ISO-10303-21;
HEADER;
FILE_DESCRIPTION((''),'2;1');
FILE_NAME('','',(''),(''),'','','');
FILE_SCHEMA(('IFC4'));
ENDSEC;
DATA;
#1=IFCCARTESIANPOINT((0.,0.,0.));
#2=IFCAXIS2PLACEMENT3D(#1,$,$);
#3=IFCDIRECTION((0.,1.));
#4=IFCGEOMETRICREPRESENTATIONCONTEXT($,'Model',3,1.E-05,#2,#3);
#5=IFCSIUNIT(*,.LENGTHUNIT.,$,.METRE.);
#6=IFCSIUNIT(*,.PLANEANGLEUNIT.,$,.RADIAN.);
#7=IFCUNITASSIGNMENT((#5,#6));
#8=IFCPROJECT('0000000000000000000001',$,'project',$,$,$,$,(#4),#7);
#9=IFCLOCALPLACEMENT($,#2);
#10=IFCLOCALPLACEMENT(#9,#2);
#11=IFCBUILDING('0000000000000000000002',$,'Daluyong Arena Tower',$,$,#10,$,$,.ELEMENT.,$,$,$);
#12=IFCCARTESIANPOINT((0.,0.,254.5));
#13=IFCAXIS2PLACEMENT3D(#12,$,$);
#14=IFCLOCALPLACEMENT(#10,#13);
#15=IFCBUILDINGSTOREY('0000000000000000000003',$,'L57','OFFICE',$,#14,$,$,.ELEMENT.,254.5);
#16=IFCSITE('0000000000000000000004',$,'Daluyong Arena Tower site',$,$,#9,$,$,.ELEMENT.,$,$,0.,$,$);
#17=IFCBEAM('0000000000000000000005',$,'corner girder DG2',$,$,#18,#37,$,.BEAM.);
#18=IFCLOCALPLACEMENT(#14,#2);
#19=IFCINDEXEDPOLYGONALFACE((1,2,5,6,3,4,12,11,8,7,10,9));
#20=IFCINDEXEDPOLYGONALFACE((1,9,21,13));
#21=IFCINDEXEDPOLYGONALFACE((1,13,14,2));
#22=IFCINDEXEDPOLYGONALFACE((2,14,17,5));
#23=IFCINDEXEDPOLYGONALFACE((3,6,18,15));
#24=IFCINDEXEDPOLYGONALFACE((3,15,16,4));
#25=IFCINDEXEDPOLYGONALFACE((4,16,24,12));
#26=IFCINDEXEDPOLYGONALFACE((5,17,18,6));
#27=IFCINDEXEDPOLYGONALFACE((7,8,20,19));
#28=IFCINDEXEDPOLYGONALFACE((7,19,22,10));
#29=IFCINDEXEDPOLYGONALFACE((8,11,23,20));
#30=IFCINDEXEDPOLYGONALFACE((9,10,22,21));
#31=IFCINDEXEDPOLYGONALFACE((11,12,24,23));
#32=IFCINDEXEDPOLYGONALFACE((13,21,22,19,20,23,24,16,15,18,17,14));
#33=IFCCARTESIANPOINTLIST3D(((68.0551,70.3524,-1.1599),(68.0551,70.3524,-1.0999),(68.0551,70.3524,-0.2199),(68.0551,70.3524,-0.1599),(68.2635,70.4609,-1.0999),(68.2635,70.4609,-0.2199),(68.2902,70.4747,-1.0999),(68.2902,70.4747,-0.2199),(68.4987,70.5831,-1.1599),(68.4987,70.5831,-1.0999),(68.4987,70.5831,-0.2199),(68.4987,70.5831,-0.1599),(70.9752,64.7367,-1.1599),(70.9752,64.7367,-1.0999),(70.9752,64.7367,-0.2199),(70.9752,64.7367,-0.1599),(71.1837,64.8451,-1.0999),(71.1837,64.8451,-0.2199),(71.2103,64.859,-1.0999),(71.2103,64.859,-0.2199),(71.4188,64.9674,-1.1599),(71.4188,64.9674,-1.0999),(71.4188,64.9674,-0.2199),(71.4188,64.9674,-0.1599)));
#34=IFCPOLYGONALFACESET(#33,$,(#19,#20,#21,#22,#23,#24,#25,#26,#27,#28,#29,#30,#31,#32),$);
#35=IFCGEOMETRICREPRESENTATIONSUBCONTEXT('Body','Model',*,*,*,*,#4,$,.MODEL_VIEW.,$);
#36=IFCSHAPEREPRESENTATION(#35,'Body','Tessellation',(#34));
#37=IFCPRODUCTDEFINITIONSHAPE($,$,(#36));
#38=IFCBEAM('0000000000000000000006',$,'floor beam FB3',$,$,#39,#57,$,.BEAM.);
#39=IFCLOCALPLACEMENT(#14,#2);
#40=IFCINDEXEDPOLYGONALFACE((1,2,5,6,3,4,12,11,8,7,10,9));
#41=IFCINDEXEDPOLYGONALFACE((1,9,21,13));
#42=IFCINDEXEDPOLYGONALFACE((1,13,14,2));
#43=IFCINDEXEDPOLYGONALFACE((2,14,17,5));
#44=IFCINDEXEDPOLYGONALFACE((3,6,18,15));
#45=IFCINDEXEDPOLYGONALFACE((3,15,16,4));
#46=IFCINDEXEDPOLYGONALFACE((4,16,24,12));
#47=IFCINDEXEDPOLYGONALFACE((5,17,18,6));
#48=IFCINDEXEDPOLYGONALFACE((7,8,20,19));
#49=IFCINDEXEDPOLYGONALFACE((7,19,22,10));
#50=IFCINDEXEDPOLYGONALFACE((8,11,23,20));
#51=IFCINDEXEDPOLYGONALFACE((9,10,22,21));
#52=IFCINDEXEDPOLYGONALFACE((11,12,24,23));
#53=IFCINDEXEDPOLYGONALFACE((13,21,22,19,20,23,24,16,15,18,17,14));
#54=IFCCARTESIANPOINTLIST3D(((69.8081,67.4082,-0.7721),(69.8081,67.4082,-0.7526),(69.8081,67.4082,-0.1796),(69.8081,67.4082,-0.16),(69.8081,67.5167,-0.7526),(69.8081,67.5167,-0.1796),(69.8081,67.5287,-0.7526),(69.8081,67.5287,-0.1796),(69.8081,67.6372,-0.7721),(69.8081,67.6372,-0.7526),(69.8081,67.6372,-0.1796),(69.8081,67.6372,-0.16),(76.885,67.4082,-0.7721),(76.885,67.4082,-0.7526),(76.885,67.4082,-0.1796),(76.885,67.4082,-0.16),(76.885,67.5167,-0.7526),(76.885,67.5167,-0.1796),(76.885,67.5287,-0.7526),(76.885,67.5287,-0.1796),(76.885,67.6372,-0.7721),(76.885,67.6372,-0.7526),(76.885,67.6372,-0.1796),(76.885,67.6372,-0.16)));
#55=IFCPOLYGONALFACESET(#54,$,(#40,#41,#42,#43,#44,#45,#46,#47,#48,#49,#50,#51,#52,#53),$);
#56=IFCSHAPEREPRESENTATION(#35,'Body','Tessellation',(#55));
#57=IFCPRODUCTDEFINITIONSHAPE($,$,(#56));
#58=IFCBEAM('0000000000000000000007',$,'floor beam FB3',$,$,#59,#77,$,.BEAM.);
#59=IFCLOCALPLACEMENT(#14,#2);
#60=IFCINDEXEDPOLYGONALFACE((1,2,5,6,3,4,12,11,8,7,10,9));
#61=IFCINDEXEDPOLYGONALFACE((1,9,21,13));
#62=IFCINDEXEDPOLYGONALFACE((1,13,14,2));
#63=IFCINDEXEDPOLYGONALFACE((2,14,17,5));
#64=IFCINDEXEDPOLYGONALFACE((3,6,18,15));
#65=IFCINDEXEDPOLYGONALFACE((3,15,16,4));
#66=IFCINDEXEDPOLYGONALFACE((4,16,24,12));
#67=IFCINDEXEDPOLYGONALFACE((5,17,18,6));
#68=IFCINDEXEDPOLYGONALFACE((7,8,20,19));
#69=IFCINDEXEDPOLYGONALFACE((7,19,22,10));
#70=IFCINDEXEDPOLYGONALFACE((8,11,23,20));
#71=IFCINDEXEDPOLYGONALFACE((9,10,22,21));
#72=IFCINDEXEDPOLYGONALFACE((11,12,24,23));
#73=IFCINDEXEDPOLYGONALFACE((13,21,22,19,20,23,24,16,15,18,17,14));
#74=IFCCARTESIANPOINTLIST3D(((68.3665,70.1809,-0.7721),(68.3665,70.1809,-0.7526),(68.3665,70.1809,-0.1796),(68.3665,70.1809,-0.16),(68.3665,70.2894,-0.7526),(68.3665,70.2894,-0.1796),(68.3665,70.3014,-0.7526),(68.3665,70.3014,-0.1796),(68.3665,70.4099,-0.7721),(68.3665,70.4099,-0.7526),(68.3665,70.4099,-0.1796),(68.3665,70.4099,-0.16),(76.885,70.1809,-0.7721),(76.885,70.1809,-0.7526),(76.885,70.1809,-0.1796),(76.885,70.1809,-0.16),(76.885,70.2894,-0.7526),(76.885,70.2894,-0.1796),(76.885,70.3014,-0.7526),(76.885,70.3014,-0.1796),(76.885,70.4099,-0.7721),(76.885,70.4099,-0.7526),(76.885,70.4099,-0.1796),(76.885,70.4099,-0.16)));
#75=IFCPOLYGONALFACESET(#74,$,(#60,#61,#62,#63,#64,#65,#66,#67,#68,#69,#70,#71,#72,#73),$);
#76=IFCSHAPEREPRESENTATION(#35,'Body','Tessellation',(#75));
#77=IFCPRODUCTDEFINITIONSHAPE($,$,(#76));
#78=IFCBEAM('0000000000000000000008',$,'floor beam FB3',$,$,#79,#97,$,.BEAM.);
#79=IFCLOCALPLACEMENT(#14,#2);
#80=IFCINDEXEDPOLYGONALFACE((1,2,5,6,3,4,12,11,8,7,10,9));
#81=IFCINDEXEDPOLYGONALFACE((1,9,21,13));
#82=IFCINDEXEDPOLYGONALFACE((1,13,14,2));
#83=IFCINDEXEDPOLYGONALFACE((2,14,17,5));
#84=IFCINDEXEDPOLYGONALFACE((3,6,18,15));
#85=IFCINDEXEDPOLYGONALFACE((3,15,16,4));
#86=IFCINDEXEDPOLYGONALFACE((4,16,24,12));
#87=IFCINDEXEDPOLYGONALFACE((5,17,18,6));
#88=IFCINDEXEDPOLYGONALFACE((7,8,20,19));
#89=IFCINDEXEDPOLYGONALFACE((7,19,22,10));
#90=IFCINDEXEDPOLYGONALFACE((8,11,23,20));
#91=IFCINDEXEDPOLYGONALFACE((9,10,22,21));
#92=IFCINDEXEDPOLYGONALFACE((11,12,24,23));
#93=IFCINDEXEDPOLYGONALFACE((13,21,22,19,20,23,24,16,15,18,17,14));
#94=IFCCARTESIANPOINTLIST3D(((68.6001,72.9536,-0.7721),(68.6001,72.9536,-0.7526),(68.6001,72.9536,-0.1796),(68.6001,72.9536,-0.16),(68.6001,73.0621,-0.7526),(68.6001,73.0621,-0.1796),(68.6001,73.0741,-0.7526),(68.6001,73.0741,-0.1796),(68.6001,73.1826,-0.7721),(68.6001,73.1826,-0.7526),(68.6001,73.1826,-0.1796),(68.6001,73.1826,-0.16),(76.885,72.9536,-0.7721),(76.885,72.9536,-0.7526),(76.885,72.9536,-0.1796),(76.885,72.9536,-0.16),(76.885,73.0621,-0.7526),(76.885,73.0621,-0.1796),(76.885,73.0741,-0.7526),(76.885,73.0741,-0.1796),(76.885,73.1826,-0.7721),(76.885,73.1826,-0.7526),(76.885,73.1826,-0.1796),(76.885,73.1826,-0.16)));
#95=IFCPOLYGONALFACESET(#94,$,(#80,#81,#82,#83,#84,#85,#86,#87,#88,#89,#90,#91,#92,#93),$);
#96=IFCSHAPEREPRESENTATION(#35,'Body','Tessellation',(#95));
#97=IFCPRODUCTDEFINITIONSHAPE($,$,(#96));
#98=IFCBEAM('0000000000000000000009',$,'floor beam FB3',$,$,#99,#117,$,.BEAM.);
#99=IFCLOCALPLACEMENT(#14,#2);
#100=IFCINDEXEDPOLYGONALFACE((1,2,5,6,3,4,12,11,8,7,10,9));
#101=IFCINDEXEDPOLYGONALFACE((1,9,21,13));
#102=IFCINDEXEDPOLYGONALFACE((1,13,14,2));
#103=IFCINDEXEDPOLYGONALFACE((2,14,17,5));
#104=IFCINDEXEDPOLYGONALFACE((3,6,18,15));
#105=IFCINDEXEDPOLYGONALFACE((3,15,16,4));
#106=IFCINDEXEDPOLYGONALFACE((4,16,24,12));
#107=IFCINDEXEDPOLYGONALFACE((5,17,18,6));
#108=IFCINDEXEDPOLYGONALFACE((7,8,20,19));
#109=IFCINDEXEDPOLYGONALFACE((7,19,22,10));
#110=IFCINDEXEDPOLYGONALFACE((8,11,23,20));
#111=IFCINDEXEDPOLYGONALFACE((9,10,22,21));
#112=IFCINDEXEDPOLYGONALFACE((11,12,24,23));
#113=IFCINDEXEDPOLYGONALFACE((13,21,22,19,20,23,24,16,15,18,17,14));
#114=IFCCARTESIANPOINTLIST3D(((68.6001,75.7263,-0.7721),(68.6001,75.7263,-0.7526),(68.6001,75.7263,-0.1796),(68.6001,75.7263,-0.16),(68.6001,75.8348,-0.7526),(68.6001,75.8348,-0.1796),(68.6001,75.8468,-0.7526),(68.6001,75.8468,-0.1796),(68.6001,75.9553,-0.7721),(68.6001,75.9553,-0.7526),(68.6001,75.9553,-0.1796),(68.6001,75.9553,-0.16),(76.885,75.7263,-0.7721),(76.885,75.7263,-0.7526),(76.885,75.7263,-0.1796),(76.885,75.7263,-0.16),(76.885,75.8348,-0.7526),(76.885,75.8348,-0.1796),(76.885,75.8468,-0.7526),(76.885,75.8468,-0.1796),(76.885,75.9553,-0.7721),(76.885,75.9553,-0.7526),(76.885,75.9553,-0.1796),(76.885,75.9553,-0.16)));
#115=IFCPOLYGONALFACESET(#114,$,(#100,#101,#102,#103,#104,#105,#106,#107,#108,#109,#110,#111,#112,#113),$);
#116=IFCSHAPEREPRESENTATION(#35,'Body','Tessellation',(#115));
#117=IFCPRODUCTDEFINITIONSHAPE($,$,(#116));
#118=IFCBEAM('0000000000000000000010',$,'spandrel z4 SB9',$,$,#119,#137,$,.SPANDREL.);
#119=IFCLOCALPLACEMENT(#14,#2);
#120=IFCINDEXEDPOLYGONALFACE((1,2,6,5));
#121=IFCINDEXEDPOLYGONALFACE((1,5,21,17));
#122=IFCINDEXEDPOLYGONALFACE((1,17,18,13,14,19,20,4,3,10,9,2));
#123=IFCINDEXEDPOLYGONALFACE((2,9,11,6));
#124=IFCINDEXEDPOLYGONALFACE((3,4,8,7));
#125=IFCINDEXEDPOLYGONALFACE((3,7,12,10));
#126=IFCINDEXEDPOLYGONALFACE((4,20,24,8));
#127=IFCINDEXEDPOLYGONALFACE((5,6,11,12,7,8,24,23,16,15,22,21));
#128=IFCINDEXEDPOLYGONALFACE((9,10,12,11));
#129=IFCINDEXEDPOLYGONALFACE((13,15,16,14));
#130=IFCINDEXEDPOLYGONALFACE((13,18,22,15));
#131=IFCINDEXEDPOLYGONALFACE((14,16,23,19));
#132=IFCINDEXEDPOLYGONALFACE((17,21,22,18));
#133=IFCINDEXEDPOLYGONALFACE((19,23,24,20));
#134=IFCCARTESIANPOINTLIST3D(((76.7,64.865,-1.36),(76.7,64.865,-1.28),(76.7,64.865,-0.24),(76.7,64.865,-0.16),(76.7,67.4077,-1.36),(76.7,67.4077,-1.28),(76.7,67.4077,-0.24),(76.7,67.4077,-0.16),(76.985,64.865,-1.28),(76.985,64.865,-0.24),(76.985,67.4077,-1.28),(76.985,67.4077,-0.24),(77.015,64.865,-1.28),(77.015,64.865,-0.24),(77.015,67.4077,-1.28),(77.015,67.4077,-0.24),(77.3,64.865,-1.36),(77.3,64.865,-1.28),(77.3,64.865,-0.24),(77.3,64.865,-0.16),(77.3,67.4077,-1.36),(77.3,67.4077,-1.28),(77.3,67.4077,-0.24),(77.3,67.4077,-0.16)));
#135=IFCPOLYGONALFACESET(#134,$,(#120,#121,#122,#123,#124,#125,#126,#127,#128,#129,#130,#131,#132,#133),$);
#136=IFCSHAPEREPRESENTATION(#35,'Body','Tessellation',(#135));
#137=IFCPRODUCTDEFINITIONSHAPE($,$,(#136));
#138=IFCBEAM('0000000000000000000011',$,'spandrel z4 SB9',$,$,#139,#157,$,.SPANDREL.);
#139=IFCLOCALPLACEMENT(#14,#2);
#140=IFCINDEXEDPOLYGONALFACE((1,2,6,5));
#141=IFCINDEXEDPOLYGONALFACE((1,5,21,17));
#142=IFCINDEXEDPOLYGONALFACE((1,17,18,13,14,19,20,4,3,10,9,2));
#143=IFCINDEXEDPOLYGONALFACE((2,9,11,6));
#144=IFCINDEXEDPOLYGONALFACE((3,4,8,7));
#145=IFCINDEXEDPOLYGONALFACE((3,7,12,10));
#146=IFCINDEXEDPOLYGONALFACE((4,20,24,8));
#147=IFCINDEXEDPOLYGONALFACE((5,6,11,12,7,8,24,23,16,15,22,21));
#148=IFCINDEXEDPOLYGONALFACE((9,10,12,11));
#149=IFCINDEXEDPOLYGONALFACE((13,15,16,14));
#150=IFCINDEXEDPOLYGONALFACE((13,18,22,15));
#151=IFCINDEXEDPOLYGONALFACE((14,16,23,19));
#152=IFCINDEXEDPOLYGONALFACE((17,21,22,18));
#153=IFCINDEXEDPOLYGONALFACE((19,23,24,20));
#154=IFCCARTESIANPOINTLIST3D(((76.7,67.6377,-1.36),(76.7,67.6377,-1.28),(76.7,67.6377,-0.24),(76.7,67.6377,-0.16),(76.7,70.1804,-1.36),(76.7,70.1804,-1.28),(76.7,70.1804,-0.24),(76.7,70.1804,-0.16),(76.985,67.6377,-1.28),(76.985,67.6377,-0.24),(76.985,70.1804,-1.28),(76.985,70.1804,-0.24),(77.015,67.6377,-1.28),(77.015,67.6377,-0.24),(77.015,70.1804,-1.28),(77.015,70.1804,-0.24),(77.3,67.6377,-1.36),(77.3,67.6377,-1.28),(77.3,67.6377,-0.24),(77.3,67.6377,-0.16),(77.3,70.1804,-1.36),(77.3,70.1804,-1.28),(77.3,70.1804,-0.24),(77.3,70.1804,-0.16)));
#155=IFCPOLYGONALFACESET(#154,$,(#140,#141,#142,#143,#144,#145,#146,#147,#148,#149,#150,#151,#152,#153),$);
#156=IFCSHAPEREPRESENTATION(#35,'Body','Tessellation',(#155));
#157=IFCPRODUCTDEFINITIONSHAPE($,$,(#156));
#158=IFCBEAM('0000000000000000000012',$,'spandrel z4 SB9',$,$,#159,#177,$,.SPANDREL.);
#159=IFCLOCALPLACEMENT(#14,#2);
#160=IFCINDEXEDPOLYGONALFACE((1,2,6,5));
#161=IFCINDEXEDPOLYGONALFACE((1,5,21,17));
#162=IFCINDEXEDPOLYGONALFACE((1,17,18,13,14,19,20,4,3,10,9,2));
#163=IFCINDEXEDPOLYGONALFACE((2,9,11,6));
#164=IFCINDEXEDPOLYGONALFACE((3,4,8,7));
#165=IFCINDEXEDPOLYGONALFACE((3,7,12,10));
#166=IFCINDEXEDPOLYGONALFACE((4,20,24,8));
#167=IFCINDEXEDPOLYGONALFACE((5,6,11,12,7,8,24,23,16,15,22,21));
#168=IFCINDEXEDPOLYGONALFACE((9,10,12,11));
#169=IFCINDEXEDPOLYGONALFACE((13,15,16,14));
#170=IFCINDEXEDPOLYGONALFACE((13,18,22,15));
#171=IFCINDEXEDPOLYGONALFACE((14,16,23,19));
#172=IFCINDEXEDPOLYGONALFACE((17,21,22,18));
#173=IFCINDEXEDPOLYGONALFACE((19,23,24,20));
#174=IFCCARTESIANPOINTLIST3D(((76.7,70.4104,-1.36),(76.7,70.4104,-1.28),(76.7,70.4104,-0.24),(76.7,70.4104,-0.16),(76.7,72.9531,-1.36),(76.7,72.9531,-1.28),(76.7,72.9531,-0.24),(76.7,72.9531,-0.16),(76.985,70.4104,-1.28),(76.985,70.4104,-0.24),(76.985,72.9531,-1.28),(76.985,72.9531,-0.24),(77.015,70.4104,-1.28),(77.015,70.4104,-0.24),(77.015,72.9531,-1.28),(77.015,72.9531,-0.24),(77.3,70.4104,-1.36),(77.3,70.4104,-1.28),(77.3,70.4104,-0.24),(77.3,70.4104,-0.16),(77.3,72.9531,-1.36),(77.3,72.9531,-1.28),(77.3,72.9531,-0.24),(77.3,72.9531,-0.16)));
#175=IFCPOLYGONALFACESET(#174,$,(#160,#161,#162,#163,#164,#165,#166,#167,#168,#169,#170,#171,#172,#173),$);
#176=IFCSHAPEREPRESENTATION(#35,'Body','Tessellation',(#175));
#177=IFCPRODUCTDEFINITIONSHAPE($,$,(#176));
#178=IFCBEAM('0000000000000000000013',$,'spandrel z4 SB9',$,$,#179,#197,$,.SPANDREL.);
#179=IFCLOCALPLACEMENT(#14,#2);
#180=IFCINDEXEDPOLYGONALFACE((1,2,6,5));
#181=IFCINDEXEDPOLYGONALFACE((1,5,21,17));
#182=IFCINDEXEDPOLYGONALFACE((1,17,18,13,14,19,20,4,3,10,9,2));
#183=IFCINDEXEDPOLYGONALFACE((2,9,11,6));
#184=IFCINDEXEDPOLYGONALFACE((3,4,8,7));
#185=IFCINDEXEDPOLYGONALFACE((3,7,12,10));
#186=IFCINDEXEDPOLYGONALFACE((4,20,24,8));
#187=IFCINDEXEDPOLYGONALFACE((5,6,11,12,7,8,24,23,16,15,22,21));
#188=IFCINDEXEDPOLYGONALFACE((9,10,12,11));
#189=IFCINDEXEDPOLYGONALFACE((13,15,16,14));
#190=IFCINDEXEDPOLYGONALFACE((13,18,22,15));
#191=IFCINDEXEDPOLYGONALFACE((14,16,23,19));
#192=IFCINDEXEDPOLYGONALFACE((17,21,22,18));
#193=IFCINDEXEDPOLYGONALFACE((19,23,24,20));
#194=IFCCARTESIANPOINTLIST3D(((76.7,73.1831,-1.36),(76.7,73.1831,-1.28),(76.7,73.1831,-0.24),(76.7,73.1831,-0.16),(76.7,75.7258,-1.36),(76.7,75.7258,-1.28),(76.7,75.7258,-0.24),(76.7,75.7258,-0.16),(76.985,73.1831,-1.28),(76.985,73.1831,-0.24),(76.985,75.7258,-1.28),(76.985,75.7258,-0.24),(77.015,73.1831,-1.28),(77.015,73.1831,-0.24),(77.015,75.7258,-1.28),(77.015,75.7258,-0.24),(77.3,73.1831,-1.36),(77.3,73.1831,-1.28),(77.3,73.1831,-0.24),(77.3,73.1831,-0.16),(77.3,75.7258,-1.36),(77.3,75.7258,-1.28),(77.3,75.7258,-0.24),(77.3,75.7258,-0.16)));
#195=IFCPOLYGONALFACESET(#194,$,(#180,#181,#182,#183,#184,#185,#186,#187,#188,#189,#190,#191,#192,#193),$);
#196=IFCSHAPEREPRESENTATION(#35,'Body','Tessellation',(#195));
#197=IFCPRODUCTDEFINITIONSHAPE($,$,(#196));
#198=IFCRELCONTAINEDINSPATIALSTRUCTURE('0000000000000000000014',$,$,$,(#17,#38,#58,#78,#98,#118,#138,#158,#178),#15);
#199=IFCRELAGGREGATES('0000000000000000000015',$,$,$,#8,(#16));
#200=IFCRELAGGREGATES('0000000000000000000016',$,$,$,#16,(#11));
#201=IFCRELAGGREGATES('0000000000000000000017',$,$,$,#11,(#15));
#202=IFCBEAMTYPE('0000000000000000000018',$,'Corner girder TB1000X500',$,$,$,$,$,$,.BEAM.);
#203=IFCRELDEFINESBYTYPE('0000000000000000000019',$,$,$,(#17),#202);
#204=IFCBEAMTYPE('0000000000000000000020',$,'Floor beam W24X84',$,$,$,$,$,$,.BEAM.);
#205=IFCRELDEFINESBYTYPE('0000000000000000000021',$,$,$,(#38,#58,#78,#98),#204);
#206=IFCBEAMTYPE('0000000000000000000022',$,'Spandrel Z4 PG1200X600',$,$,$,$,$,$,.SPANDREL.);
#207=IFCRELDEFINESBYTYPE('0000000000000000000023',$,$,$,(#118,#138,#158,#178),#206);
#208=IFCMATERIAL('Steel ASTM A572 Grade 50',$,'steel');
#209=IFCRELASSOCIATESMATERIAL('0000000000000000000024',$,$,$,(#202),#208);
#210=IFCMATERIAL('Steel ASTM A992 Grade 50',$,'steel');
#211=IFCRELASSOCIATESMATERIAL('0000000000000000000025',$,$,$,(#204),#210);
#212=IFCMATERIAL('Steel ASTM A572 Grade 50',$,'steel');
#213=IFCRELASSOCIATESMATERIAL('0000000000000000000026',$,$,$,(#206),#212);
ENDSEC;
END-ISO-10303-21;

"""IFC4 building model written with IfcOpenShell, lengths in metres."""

from ifc_helpers import new_model, si_unit, direction, frame, origin, origin_2d, place, context, subcontext, project, spatial, i_section, extrude, material, material_profile, profile_set, type_object, element, save


model = new_model("IFC4")

# Units and contexts
model_context = context("Model", 3, precision=1e-05, world=origin(), true_north=direction((0.0, 1.0)))
body_context = subcontext(model_context, "Body", "Model", "MODEL_VIEW")
ifc_project = project(units=[si_unit("LENGTHUNIT", "METRE"), si_unit("PLANEANGLEUNIT", "RADIAN")], contexts=[model_context])

# Site, building, storey
site_placement = place(None, origin())
site = spatial("IfcSite", under=ifc_project, at=site_placement, Name="Daluyong Arena Tower site", CompositionType="ELEMENT", RefElevation=0.0)
building_placement = place(site_placement, origin())
building = spatial("IfcBuilding", under=site, at=building_placement, Name="Daluyong Arena Tower", CompositionType="ELEMENT")
storey_placement = place(building_placement, frame((0.0, 0.0, 254.5)))
storey = spatial("IfcBuildingStorey", under=building, at=storey_placement, Name="L57", Description="OFFICE", CompositionType="ELEMENT", Elevation=254.5)

# Beams
ifc_material_1 = material(Name="Steel ASTM A572 Grade 50", Category="steel")
ifc_material_profile_1 = material_profile(ifc_material_1, i_section(OverallWidth=0.5, OverallDepth=1.0, WebThickness=0.03, FlangeThickness=0.06, at=origin_2d()))
ifc_profile_set_1 = profile_set([ifc_material_profile_1], Name="Steel ASTM A572 Grade 50")
beam_type_1 = type_object("IfcBeamType", Name="Corner girder TB1000X500", PredefinedType="BEAM", material=ifc_profile_set_1)
beam_1_placement = place(storey_placement, frame((71.197, 64.8521, -0.6599), z_axis=(-0.461352, 0.887217, 0.0), x_axis=(-0.887217, -0.461352, 0.0)))
element("IfcBeam", 1, at=beam_1_placement, inside=storey, type_object=beam_type_1, Name="corner girder DG2", PredefinedType="BEAM", context=body_context, shape_type="SweptSolid", body=[
    extrude(i_section(OverallWidth=0.5, OverallDepth=1.0, WebThickness=0.03, FlangeThickness=0.06, at=origin_2d()), origin(), (0.0, 0.0, 1.0), 6.3296),
])
ifc_material_2 = material(Name="Steel ASTM A992 Grade 50", Category="steel")
ifc_material_profile_2 = material_profile(ifc_material_2, i_section(OverallWidth=0.229, OverallDepth=0.6121, WebThickness=0.012, FlangeThickness=0.0195, at=origin_2d()))
ifc_profile_set_2 = profile_set([ifc_material_profile_2], Name="Steel ASTM A992 Grade 50")
beam_type_2 = type_object("IfcBeamType", Name="Floor beam W24X84", PredefinedType="BEAM", material=ifc_profile_set_2)
beam_2_placement = place(storey_placement, frame((76.885, 67.5227, -0.4661), z_axis=(-1.0, 0.0, 0.0), x_axis=(0.0, -1.0, 0.0)))
element("IfcBeam", 2, at=beam_2_placement, inside=storey, type_object=beam_type_2, Name="floor beam FB3", PredefinedType="BEAM", context=body_context, shape_type="SweptSolid", body=[
    extrude(i_section(OverallWidth=0.229, OverallDepth=0.6121, WebThickness=0.012, FlangeThickness=0.0195, at=origin_2d()), origin(), (0.0, 0.0, 1.0), 7.0769),
])
beam_3_placement = place(storey_placement, frame((76.885, 70.2954, -0.4661), z_axis=(-1.0, 0.0, 0.0), x_axis=(0.0, -1.0, 0.0)))
element("IfcBeam", 3, at=beam_3_placement, inside=storey, type_object=beam_type_2, Name="floor beam FB3", PredefinedType="BEAM", context=body_context, shape_type="SweptSolid", body=[
    extrude(i_section(OverallWidth=0.229, OverallDepth=0.6121, WebThickness=0.012, FlangeThickness=0.0195, at=origin_2d()), origin(), (0.0, 0.0, 1.0), 8.5186),
])
for number, where, z_axis, x_axis, name in (
    (4, (76.885, 73.0681, -0.4661), (-1.0, 0.0, 0.0), (0.0, -1.0, 0.0), "floor beam FB3"),
    (5, (76.885, 75.8408, -0.4661), (-1.0, 0.0, 0.0), (0.0, -1.0, 0.0), "floor beam FB3"),
):
    element("IfcBeam", number, at=place(storey_placement, frame(where, z_axis=z_axis, x_axis=x_axis)), inside=storey, type_object=beam_type_2, Name=name, PredefinedType="BEAM", context=body_context, shape_type="SweptSolid", body=[
        extrude(i_section(OverallWidth=0.229, OverallDepth=0.6121, WebThickness=0.012, FlangeThickness=0.0195, at=origin_2d()), origin(), (0.0, 0.0, 1.0), 8.2849),
    ])
ifc_material_3 = material(Name="Steel ASTM A572 Grade 50", Category="steel")
ifc_material_profile_3 = material_profile(ifc_material_3, i_section(OverallWidth=0.6001, OverallDepth=1.2, WebThickness=0.03, FlangeThickness=0.08, at=origin_2d()))
ifc_profile_set_3 = profile_set([ifc_material_profile_3], Name="Steel ASTM A572 Grade 50")
beam_type_3 = type_object("IfcBeamType", Name="Spandrel Z4 PG1200X600", PredefinedType="SPANDREL", material=ifc_profile_set_3)
for number, where, z_axis, x_axis, name in (
    (6, (77.0, 64.865, -0.76), (0.0, 1.0, 0.0), (-1.0, 0.0, 0.0), "spandrel z4 SB9"),
    (7, (77.0, 67.6377, -0.76), (0.0, 1.0, 0.0), (-1.0, 0.0, 0.0), "spandrel z4 SB9"),
    (8, (77.0, 70.4104, -0.76), (0.0, 1.0, 0.0), (-1.0, 0.0, 0.0), "spandrel z4 SB9"),
    (9, (77.0, 73.1831, -0.76), (0.0, 1.0, 0.0), (-1.0, 0.0, 0.0), "spandrel z4 SB9"),
):
    element("IfcBeam", number, at=place(storey_placement, frame(where, z_axis=z_axis, x_axis=x_axis)), inside=storey, type_object=beam_type_3, Name=name, PredefinedType="SPANDREL", context=body_context, shape_type="SweptSolid", body=[
        extrude(i_section(OverallWidth=0.6001, OverallDepth=1.2, WebThickness=0.03, FlangeThickness=0.08, at=origin_2d()), origin(), (0.0, 0.0, 1.0), 2.5427),
    ])

save(model, "model.ifc")
